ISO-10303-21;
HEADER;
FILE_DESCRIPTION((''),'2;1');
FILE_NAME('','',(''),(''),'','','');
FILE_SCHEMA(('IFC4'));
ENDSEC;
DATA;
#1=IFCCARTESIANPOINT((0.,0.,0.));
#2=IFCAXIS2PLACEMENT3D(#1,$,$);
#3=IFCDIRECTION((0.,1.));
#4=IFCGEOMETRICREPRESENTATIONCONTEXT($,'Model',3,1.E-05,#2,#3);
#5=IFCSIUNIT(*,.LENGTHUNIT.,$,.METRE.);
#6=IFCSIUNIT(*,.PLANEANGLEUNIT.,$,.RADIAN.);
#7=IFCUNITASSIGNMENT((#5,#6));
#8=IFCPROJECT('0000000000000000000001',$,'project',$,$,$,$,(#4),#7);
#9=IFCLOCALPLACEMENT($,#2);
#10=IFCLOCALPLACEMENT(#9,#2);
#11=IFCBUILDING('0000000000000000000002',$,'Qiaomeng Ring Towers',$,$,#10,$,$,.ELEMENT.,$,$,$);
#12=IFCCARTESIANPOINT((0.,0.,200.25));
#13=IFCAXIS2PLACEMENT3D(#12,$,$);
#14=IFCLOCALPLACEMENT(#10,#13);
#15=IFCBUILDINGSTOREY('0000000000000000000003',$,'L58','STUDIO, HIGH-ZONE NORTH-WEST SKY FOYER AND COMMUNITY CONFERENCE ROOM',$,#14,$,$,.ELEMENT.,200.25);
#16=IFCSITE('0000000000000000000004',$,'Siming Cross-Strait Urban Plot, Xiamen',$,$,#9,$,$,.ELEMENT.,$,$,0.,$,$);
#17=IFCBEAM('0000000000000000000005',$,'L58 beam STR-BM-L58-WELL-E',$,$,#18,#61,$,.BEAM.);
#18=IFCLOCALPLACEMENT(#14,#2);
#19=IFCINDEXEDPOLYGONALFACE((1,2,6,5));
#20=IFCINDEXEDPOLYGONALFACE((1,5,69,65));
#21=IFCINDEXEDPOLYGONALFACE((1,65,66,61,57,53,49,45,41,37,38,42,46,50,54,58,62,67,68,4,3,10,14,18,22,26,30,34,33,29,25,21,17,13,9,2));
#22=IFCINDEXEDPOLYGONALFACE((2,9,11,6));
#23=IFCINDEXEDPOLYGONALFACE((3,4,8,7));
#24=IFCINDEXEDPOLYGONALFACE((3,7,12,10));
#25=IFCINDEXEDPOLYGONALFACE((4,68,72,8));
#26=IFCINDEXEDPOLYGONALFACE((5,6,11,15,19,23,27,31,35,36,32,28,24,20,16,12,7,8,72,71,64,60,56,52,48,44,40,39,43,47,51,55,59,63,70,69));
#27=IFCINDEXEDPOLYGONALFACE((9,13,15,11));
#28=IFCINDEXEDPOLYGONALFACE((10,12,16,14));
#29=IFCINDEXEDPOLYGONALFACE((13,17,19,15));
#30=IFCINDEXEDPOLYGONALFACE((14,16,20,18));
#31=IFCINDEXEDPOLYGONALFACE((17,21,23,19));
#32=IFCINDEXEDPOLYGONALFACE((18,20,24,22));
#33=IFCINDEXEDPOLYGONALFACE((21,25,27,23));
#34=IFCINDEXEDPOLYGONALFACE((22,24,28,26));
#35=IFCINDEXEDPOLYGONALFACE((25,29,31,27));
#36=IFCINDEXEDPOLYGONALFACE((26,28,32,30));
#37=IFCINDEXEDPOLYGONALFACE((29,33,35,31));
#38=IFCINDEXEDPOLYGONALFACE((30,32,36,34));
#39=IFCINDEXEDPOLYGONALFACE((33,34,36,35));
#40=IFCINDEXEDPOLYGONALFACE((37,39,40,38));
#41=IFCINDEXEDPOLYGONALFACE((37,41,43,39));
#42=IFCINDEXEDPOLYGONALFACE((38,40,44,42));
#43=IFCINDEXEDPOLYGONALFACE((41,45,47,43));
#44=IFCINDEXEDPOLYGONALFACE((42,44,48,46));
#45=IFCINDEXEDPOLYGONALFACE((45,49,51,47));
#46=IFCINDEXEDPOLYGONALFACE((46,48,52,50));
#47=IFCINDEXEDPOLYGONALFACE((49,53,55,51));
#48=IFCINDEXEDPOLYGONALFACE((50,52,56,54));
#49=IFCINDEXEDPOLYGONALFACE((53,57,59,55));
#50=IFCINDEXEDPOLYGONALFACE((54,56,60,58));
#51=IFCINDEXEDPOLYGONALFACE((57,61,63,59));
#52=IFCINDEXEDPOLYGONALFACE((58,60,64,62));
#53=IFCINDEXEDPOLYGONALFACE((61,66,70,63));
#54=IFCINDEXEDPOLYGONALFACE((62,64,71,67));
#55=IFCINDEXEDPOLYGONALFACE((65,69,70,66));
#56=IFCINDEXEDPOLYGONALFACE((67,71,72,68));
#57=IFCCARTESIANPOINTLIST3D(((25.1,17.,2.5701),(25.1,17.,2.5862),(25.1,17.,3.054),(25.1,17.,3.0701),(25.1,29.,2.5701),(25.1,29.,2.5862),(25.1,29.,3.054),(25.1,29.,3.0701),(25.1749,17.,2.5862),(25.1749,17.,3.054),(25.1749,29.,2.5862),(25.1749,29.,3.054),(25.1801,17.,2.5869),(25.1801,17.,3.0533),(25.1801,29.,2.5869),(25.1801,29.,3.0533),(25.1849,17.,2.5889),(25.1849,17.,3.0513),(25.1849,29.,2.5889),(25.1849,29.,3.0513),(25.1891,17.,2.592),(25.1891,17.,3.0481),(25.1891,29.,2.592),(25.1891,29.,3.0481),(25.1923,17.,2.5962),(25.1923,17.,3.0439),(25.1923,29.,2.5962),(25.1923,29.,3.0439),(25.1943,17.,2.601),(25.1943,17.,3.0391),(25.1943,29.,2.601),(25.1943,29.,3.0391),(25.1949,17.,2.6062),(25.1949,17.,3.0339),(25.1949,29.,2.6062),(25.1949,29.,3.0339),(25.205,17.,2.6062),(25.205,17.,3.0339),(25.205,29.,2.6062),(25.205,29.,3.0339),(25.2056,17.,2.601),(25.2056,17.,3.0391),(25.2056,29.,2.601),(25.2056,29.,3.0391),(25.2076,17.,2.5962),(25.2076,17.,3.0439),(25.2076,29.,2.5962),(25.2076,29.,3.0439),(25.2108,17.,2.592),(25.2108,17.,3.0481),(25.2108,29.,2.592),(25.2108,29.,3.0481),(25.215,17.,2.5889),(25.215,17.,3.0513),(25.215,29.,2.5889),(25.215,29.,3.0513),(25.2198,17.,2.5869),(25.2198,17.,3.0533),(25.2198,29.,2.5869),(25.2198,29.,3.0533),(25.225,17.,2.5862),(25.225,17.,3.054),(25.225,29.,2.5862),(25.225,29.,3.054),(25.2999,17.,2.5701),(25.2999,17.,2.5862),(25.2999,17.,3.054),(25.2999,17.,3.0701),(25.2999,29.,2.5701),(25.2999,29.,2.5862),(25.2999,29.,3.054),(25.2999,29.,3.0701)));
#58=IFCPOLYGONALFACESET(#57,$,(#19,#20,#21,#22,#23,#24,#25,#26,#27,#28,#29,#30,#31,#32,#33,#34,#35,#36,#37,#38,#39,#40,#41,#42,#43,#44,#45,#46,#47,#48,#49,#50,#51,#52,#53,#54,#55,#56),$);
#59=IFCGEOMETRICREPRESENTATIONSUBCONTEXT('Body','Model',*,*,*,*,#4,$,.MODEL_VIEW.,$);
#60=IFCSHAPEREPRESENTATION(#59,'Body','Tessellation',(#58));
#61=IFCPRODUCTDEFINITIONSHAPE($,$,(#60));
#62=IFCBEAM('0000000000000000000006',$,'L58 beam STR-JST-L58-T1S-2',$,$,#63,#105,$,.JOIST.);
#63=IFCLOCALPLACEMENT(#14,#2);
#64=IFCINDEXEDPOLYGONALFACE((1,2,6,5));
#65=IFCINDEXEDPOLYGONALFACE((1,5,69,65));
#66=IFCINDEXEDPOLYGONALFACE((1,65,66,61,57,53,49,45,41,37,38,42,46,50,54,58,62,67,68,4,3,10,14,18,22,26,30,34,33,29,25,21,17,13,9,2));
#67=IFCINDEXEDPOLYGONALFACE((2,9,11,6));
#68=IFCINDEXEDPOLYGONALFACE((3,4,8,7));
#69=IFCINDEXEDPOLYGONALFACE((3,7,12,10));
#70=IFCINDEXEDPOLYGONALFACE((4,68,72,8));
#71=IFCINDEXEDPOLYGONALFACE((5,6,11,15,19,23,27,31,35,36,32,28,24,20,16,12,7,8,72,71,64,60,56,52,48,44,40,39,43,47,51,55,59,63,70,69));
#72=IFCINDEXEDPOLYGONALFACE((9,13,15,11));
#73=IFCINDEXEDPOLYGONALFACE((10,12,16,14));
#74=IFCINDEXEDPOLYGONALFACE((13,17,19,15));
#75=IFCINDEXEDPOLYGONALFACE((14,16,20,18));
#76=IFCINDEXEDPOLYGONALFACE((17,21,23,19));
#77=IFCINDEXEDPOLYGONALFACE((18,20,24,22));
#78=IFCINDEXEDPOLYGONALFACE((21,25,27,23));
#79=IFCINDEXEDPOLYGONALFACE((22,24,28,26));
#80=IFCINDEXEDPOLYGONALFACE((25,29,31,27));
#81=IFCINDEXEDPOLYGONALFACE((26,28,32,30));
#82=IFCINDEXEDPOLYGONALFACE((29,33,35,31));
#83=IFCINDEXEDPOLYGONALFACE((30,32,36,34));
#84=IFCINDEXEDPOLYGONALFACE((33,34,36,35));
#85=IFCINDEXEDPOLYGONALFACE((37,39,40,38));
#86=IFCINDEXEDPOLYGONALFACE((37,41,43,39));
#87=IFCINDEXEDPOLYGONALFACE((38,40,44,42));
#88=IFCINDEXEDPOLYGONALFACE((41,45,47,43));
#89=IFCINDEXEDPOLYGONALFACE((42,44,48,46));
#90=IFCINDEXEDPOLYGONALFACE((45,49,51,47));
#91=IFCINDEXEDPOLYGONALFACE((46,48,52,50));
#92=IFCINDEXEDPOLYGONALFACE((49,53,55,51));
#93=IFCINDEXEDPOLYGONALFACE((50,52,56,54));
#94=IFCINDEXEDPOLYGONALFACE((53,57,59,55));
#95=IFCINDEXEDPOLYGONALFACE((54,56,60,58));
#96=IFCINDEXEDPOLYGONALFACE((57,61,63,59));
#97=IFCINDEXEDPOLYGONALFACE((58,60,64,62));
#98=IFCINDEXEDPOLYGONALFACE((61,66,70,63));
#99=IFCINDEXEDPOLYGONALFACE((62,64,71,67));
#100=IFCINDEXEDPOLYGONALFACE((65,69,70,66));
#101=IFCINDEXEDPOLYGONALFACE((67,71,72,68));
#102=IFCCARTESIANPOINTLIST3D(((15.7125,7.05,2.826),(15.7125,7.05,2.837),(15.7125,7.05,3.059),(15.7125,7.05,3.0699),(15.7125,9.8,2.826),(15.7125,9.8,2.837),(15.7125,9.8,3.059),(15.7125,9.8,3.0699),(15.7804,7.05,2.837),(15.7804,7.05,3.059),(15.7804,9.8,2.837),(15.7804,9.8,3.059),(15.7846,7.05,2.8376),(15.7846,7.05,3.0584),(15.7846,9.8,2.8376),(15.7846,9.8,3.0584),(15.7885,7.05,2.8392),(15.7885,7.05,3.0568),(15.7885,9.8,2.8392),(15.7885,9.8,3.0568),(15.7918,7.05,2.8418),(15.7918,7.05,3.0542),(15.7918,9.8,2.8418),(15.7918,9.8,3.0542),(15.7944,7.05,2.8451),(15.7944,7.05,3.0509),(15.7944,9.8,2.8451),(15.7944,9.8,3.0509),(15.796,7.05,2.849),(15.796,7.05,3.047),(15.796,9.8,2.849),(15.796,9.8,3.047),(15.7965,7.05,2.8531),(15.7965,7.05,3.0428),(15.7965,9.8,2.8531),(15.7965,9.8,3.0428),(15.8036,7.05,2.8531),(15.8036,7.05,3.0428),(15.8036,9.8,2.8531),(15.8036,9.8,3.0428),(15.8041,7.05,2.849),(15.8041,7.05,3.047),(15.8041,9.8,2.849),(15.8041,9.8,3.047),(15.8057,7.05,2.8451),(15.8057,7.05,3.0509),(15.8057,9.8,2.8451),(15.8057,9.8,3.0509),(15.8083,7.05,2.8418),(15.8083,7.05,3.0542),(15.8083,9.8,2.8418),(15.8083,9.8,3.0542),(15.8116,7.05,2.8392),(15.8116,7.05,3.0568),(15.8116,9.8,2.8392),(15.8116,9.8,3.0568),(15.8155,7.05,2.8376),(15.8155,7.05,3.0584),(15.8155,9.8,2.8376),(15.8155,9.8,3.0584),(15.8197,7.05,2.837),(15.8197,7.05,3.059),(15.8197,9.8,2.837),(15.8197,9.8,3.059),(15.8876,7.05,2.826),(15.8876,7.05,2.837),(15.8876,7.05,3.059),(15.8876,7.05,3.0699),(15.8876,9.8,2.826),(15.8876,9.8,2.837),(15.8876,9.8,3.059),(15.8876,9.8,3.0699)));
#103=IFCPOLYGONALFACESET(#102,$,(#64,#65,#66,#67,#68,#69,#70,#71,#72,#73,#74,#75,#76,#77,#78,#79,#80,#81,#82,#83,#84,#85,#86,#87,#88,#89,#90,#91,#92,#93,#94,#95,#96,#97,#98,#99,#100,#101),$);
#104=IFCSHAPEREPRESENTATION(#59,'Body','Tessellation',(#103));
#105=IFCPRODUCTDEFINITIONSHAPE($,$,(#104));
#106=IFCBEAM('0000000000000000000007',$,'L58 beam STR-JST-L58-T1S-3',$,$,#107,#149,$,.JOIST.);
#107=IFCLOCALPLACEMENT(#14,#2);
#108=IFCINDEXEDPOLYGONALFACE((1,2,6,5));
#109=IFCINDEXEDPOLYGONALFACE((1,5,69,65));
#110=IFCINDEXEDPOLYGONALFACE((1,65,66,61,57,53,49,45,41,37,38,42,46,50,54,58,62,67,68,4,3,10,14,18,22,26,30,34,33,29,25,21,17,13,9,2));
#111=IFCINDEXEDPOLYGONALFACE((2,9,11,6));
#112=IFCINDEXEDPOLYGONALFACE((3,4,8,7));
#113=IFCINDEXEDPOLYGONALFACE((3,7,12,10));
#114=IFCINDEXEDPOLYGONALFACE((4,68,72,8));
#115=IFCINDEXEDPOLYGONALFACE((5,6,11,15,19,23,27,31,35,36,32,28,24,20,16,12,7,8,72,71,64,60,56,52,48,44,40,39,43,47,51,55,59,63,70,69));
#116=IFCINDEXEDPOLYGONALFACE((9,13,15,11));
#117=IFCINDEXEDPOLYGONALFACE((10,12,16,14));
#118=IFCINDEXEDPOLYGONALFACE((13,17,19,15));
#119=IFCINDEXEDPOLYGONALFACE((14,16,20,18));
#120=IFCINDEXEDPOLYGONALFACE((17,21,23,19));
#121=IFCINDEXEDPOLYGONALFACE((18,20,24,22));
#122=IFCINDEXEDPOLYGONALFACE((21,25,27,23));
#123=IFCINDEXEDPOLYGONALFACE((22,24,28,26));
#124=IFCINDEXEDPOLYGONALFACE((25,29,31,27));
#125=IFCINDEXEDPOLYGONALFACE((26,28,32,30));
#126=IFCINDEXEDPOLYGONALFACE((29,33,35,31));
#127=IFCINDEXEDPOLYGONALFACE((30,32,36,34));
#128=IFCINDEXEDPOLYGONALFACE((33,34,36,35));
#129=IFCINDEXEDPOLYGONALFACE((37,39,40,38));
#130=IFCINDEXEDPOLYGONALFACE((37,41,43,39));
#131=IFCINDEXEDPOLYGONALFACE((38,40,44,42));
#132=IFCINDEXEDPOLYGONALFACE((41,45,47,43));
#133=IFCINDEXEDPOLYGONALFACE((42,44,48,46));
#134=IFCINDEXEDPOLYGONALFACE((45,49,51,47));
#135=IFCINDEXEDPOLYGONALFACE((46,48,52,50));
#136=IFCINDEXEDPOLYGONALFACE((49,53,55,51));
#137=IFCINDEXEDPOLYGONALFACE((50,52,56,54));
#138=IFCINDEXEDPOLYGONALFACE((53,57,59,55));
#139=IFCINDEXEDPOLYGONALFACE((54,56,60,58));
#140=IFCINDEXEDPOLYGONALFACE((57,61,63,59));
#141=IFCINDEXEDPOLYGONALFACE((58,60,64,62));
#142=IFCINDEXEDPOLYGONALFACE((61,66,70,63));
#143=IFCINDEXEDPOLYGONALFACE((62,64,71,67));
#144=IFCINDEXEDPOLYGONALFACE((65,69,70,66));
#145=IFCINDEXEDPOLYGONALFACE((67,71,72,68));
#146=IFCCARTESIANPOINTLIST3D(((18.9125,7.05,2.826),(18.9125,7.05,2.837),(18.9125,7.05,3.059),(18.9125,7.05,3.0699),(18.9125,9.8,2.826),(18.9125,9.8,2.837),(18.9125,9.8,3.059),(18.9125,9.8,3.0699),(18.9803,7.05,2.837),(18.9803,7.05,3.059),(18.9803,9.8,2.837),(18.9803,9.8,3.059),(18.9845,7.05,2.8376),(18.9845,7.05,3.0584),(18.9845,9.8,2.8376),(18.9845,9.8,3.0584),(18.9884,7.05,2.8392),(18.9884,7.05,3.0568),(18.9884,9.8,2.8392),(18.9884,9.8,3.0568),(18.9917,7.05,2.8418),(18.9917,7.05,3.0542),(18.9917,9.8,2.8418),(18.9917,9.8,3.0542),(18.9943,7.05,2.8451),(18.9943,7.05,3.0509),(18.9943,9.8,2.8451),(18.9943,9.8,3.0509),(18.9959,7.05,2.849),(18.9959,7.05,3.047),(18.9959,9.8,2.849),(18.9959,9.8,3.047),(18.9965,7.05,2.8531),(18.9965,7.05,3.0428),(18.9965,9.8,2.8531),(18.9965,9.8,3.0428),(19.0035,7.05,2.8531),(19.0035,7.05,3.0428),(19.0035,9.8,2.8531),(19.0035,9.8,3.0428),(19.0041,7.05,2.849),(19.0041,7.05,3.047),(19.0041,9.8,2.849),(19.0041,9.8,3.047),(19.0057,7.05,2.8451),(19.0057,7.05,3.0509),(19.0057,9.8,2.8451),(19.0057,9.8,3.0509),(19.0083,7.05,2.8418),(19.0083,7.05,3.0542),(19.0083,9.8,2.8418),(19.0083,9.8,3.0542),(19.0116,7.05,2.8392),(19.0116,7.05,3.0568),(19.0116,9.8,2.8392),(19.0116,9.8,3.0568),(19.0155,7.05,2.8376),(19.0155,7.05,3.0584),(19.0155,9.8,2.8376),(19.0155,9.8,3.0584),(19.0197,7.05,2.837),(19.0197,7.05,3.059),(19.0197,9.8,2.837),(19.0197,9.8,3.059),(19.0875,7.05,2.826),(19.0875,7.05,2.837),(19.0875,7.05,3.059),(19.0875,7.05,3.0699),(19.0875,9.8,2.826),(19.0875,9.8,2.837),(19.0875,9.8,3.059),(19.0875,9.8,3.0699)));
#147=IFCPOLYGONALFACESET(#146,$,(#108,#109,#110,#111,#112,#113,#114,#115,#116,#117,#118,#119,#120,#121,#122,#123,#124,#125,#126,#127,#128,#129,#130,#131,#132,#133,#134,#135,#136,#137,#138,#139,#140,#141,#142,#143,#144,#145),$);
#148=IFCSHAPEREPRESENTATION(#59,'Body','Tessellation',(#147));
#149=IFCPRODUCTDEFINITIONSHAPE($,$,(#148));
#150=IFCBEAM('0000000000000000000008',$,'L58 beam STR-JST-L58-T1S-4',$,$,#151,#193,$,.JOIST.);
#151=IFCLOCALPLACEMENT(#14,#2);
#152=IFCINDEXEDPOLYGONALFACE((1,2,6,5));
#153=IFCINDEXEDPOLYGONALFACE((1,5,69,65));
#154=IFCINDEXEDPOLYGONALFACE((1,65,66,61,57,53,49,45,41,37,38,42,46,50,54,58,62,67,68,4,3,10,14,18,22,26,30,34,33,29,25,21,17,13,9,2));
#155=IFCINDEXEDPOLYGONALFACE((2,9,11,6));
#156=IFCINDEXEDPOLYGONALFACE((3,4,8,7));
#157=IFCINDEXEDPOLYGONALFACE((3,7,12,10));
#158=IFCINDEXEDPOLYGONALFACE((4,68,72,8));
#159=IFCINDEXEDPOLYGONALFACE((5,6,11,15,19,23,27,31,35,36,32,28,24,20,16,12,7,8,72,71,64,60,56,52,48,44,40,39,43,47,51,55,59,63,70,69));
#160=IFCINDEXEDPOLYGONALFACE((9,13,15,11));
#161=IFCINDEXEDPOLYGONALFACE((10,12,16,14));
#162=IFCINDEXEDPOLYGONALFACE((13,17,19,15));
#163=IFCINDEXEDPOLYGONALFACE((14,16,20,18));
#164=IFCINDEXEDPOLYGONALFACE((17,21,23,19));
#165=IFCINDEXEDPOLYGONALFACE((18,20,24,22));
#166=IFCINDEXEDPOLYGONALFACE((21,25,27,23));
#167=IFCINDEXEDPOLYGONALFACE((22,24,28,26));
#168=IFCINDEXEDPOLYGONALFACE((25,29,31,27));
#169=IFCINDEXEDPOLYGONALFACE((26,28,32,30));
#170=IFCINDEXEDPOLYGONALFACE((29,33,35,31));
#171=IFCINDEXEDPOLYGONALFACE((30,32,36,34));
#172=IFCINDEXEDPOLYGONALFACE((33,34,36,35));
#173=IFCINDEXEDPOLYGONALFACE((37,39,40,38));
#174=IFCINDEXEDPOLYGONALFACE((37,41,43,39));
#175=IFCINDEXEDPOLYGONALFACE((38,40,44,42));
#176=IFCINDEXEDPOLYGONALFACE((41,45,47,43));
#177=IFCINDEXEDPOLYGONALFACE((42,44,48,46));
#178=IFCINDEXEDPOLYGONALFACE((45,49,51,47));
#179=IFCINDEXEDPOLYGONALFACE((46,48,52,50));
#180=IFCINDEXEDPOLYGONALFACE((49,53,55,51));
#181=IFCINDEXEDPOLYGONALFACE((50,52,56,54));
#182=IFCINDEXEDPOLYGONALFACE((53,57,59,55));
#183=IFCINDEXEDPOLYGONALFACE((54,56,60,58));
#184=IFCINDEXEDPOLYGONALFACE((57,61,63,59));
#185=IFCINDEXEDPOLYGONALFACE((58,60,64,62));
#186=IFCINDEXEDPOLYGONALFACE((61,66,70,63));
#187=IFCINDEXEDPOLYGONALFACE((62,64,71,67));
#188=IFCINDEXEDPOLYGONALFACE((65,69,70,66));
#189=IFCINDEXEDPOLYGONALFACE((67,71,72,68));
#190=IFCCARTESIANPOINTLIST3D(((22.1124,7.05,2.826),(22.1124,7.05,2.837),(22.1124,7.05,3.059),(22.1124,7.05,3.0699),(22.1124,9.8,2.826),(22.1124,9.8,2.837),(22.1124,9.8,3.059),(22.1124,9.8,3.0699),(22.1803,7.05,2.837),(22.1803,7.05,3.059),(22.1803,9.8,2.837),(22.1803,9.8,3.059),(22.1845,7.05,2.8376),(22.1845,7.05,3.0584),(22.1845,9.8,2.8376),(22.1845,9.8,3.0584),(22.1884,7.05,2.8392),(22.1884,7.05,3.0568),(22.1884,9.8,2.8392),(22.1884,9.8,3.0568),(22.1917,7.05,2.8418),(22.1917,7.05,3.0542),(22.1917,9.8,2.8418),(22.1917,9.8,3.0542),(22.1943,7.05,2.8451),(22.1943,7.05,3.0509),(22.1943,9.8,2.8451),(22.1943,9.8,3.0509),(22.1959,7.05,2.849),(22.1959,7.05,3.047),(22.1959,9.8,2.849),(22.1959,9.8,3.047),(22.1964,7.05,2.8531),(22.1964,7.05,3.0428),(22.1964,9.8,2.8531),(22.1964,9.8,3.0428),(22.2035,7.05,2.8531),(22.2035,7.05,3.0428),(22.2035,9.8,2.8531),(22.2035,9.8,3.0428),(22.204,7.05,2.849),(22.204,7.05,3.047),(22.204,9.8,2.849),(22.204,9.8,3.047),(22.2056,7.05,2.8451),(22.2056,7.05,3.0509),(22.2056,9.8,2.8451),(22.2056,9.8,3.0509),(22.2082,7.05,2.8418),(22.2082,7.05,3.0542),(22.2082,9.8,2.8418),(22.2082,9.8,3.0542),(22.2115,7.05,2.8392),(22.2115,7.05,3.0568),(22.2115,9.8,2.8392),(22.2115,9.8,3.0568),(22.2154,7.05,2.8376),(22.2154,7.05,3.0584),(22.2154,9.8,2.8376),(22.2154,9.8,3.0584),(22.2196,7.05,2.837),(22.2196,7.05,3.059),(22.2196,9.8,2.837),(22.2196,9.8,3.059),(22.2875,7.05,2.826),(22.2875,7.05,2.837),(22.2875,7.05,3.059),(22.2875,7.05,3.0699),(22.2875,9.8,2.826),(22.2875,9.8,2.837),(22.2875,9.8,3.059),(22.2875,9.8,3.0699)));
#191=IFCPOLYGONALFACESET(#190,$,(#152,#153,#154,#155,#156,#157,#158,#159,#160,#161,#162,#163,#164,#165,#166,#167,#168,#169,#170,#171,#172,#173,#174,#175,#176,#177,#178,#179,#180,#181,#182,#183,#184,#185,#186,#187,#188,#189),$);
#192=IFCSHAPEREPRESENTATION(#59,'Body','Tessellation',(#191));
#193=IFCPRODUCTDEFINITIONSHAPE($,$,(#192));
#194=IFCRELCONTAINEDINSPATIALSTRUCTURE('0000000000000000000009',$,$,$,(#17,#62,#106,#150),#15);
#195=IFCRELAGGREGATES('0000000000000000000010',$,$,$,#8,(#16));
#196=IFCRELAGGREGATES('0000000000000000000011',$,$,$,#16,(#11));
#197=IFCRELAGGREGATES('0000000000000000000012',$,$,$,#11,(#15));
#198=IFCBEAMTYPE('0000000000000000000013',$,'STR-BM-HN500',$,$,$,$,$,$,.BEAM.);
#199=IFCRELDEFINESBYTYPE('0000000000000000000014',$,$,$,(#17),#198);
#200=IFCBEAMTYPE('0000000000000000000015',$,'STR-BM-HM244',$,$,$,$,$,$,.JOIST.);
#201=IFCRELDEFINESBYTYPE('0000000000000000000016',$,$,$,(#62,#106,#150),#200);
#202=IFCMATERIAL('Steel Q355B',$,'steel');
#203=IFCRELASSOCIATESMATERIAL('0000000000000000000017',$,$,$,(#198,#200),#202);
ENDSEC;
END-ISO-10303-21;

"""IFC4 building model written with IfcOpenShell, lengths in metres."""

from ifc_helpers import new_model, si_unit, direction, frame, origin, origin_2d, place, context, subcontext, project, spatial, i_section, extrude, source, transform, mapped, material, material_profile, profile_set, type_object, element, save


model = new_model("IFC4")

# Units and contexts
model_context = context("Model", 3, precision=1e-05, world=origin(), true_north=direction((0.0, 1.0)))
body_context = subcontext(model_context, "Body", "Model", "MODEL_VIEW")
ifc_project = project(units=[si_unit("LENGTHUNIT", "METRE"), si_unit("PLANEANGLEUNIT", "RADIAN")], contexts=[model_context])

# Site, building, storey
site_placement = place(None, origin())
site = spatial("IfcSite", under=ifc_project, at=site_placement, Name="Siming Cross-Strait Urban Plot, Xiamen", CompositionType="ELEMENT", RefElevation=0.0)
building_placement = place(site_placement, origin())
building = spatial("IfcBuilding", under=site, at=building_placement, Name="Qiaomeng Ring Towers", CompositionType="ELEMENT")
storey_placement = place(building_placement, frame((0.0, 0.0, 200.25)))
storey = spatial("IfcBuildingStorey", under=building, at=storey_placement, Name="L58", Description="STUDIO, HIGH-ZONE NORTH-WEST SKY FOYER AND COMMUNITY CONFERENCE ROOM", CompositionType="ELEMENT", Elevation=200.25)

# Beams
ifc_material_1 = material(Name="Steel Q355B", Category="steel")
ifc_material_profile_1 = material_profile(ifc_material_1, i_section(OverallWidth=0.2, OverallDepth=0.5, WebThickness=0.01, FlangeThickness=0.0161, FilletRadius=0.02, at=origin_2d()), Name="HN 500x200x10x16")
ifc_profile_set_1 = profile_set([ifc_material_profile_1], Name="Steel Q355B")
beam_type_1 = type_object("IfcBeamType", Name="STR-BM-HN500", PredefinedType="BEAM", material=ifc_profile_set_1)
shared_shape_1 = source(origin(), body_context, "Body", "SweptSolid", [
    extrude(i_section(OverallWidth=0.2, OverallDepth=0.5, WebThickness=0.01, FlangeThickness=0.0161, FilletRadius=0.02, at=origin_2d()), origin(), (0.0, 0.0, 1.0), 12.0),
])
beam_1_placement = place(storey_placement, frame((25.2, 17.0, 2.8201), z_axis=(0.0, 1.0, 0.0), x_axis=(-1.0, 0.0, 0.0)))
element("IfcBeam", 1, at=beam_1_placement, inside=storey, type_object=beam_type_1, Name="L58 beam STR-BM-L58-WELL-E", PredefinedType="BEAM", context=body_context, shape_type="MappedRepresentation", body=[
    mapped(shared_shape_1, transform((0.0, 0.0, 0.0), x_axis=(1.0, 0.0, 0.0), y_axis=(0.0, 1.0, 0.0), z_axis=(0.0, 0.0, 1.0), scale=1.0)),
])
ifc_material_profile_2 = material_profile(ifc_material_1, i_section(OverallWidth=0.175, OverallDepth=0.2439, WebThickness=0.0071, FlangeThickness=0.011, FilletRadius=0.0161, at=origin_2d()), Name="HM 244x175x7x11")
ifc_profile_set_2 = profile_set([ifc_material_profile_2], Name="Steel Q355B")
beam_type_2 = type_object("IfcBeamType", Name="STR-BM-HM244", PredefinedType="JOIST", material=ifc_profile_set_2)
shared_shape_2 = source(origin(), body_context, "Body", "SweptSolid", [
    extrude(i_section(OverallWidth=0.175, OverallDepth=0.2439, WebThickness=0.0071, FlangeThickness=0.011, FilletRadius=0.0161, at=origin_2d()), origin(), (0.0, 0.0, 1.0), 2.75),
])
for number, where, z_axis, x_axis, name in (
    (2, (15.8, 7.05, 2.948), (0.0, 1.0, 0.0), (-1.0, 0.0, 0.0), "L58 beam STR-JST-L58-T1S-2"),
    (3, (19.0, 7.05, 2.948), (0.0, 1.0, 0.0), (-1.0, 0.0, 0.0), "L58 beam STR-JST-L58-T1S-3"),
    (4, (22.2, 7.05, 2.948), (0.0, 1.0, 0.0), (-1.0, 0.0, 0.0), "L58 beam STR-JST-L58-T1S-4"),
):
    element("IfcBeam", number, at=place(storey_placement, frame(where, z_axis=z_axis, x_axis=x_axis)), inside=storey, type_object=beam_type_2, Name=name, PredefinedType="JOIST", context=body_context, shape_type="MappedRepresentation", body=[
        mapped(shared_shape_2, transform((0.0, 0.0, 0.0), x_axis=(1.0, 0.0, 0.0), y_axis=(0.0, 1.0, 0.0), z_axis=(0.0, 0.0, 1.0), scale=1.0)),
    ])

save(model, "model.ifc")
